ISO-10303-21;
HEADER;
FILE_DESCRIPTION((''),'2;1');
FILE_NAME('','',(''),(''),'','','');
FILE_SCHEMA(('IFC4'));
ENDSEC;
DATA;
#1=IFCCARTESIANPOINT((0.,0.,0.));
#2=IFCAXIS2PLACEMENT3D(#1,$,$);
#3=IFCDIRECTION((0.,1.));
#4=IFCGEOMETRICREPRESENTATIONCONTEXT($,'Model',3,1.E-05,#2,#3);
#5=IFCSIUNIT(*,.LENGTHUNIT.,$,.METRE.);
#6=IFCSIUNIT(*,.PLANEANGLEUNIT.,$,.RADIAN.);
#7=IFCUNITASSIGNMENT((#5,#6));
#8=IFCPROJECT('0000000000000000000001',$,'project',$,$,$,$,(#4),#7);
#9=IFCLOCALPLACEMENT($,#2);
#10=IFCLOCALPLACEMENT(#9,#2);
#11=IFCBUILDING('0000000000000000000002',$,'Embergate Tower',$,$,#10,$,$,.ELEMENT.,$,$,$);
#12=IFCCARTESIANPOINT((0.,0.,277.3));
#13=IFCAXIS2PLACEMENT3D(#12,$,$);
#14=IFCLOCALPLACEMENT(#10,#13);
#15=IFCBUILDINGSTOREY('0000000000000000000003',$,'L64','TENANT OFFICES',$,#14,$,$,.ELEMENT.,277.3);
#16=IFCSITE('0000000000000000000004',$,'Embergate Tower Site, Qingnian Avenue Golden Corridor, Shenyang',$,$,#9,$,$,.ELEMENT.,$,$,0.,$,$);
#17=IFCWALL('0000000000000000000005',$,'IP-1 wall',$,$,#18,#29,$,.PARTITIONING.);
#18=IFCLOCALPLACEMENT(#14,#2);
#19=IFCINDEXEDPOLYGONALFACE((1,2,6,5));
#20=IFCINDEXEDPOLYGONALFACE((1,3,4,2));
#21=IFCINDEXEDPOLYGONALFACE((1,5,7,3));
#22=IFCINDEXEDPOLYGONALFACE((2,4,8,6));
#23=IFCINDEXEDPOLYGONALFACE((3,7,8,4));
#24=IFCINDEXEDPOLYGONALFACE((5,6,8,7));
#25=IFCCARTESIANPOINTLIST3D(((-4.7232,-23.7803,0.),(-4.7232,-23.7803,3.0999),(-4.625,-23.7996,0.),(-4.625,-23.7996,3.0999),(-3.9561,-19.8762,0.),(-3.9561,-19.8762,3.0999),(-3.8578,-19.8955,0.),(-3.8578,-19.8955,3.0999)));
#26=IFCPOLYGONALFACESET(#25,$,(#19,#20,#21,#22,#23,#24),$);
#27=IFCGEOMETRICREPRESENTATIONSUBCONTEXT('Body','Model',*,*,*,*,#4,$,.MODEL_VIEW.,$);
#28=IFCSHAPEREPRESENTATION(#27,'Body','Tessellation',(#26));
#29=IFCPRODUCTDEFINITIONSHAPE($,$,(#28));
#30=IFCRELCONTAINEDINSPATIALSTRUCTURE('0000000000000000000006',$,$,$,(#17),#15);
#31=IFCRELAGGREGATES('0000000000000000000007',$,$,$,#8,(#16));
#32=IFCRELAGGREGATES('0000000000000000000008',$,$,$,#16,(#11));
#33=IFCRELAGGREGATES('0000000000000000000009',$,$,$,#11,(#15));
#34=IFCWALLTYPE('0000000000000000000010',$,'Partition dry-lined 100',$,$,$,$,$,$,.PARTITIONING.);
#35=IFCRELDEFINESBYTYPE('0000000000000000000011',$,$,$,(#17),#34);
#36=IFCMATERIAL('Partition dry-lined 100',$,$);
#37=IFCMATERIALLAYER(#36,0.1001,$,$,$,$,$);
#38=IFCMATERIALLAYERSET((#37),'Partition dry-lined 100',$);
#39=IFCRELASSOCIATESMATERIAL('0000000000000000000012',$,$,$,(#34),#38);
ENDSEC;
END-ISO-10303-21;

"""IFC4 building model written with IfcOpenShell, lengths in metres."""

from ifc_helpers import new_model, si_unit, direction, frame, frame_2d, origin, place, context, subcontext, project, spatial, rectangle, extrude, source, transform, mapped, material, layer, layer_set, type_object, element, save


model = new_model("IFC4")

# Units and contexts
model_context = context("Model", 3, precision=1e-05, world=origin(), true_north=direction((0.0, 1.0)))
body_context = subcontext(model_context, "Body", "Model", "MODEL_VIEW")
ifc_project = project(units=[si_unit("LENGTHUNIT", "METRE"), si_unit("PLANEANGLEUNIT", "RADIAN")], contexts=[model_context])

# Site, building, storey
site_placement = place(None, origin())
site = spatial("IfcSite", under=ifc_project, at=site_placement, Name="Embergate Tower Site, Qingnian Avenue Golden Corridor, Shenyang", CompositionType="ELEMENT", RefElevation=0.0)
building_placement = place(site_placement, origin())
building = spatial("IfcBuilding", under=site, at=building_placement, Name="Embergate Tower", CompositionType="ELEMENT")
storey_placement = place(building_placement, frame((0.0, 0.0, 277.3)))
storey = spatial("IfcBuildingStorey", under=building, at=storey_placement, Name="L64", Description="TENANT OFFICES", CompositionType="ELEMENT", Elevation=277.3)

# Shared definitions
ifc_material_1 = material(Name="Partition dry-lined 100")
ifc_layer_1 = layer(ifc_material_1, 0.1001)
ifc_layer_set_1 = layer_set([ifc_layer_1], Name="Partition dry-lined 100")
wall_type_1 = type_object("IfcWallType", Name="Partition dry-lined 100", PredefinedType="PARTITIONING", material=ifc_layer_set_1)

# Wall
shared_shape_1 = source(origin(), body_context, "Body", "SweptSolid", [
    extrude(rectangle(XDim=3.9788, YDim=0.1001, at=frame_2d((1.9893, 0.0))), origin(), (0.0, 0.0, 1.0), 3.0999),
])
wall_1_placement = place(storey_placement, frame((-3.907, -19.886, 0.0), z_axis=(0.0, 0.0, 1.0), x_axis=(-0.192799, -0.981238, 0.0)))
element("IfcWall", 1, at=wall_1_placement, inside=storey, type_object=wall_type_1, Name="IP-1 wall", PredefinedType="PARTITIONING", context=body_context, shape_type="MappedRepresentation", body=[
    mapped(shared_shape_1, transform((0.0, 0.0, 0.0))),
])

save(model, "model.ifc")
